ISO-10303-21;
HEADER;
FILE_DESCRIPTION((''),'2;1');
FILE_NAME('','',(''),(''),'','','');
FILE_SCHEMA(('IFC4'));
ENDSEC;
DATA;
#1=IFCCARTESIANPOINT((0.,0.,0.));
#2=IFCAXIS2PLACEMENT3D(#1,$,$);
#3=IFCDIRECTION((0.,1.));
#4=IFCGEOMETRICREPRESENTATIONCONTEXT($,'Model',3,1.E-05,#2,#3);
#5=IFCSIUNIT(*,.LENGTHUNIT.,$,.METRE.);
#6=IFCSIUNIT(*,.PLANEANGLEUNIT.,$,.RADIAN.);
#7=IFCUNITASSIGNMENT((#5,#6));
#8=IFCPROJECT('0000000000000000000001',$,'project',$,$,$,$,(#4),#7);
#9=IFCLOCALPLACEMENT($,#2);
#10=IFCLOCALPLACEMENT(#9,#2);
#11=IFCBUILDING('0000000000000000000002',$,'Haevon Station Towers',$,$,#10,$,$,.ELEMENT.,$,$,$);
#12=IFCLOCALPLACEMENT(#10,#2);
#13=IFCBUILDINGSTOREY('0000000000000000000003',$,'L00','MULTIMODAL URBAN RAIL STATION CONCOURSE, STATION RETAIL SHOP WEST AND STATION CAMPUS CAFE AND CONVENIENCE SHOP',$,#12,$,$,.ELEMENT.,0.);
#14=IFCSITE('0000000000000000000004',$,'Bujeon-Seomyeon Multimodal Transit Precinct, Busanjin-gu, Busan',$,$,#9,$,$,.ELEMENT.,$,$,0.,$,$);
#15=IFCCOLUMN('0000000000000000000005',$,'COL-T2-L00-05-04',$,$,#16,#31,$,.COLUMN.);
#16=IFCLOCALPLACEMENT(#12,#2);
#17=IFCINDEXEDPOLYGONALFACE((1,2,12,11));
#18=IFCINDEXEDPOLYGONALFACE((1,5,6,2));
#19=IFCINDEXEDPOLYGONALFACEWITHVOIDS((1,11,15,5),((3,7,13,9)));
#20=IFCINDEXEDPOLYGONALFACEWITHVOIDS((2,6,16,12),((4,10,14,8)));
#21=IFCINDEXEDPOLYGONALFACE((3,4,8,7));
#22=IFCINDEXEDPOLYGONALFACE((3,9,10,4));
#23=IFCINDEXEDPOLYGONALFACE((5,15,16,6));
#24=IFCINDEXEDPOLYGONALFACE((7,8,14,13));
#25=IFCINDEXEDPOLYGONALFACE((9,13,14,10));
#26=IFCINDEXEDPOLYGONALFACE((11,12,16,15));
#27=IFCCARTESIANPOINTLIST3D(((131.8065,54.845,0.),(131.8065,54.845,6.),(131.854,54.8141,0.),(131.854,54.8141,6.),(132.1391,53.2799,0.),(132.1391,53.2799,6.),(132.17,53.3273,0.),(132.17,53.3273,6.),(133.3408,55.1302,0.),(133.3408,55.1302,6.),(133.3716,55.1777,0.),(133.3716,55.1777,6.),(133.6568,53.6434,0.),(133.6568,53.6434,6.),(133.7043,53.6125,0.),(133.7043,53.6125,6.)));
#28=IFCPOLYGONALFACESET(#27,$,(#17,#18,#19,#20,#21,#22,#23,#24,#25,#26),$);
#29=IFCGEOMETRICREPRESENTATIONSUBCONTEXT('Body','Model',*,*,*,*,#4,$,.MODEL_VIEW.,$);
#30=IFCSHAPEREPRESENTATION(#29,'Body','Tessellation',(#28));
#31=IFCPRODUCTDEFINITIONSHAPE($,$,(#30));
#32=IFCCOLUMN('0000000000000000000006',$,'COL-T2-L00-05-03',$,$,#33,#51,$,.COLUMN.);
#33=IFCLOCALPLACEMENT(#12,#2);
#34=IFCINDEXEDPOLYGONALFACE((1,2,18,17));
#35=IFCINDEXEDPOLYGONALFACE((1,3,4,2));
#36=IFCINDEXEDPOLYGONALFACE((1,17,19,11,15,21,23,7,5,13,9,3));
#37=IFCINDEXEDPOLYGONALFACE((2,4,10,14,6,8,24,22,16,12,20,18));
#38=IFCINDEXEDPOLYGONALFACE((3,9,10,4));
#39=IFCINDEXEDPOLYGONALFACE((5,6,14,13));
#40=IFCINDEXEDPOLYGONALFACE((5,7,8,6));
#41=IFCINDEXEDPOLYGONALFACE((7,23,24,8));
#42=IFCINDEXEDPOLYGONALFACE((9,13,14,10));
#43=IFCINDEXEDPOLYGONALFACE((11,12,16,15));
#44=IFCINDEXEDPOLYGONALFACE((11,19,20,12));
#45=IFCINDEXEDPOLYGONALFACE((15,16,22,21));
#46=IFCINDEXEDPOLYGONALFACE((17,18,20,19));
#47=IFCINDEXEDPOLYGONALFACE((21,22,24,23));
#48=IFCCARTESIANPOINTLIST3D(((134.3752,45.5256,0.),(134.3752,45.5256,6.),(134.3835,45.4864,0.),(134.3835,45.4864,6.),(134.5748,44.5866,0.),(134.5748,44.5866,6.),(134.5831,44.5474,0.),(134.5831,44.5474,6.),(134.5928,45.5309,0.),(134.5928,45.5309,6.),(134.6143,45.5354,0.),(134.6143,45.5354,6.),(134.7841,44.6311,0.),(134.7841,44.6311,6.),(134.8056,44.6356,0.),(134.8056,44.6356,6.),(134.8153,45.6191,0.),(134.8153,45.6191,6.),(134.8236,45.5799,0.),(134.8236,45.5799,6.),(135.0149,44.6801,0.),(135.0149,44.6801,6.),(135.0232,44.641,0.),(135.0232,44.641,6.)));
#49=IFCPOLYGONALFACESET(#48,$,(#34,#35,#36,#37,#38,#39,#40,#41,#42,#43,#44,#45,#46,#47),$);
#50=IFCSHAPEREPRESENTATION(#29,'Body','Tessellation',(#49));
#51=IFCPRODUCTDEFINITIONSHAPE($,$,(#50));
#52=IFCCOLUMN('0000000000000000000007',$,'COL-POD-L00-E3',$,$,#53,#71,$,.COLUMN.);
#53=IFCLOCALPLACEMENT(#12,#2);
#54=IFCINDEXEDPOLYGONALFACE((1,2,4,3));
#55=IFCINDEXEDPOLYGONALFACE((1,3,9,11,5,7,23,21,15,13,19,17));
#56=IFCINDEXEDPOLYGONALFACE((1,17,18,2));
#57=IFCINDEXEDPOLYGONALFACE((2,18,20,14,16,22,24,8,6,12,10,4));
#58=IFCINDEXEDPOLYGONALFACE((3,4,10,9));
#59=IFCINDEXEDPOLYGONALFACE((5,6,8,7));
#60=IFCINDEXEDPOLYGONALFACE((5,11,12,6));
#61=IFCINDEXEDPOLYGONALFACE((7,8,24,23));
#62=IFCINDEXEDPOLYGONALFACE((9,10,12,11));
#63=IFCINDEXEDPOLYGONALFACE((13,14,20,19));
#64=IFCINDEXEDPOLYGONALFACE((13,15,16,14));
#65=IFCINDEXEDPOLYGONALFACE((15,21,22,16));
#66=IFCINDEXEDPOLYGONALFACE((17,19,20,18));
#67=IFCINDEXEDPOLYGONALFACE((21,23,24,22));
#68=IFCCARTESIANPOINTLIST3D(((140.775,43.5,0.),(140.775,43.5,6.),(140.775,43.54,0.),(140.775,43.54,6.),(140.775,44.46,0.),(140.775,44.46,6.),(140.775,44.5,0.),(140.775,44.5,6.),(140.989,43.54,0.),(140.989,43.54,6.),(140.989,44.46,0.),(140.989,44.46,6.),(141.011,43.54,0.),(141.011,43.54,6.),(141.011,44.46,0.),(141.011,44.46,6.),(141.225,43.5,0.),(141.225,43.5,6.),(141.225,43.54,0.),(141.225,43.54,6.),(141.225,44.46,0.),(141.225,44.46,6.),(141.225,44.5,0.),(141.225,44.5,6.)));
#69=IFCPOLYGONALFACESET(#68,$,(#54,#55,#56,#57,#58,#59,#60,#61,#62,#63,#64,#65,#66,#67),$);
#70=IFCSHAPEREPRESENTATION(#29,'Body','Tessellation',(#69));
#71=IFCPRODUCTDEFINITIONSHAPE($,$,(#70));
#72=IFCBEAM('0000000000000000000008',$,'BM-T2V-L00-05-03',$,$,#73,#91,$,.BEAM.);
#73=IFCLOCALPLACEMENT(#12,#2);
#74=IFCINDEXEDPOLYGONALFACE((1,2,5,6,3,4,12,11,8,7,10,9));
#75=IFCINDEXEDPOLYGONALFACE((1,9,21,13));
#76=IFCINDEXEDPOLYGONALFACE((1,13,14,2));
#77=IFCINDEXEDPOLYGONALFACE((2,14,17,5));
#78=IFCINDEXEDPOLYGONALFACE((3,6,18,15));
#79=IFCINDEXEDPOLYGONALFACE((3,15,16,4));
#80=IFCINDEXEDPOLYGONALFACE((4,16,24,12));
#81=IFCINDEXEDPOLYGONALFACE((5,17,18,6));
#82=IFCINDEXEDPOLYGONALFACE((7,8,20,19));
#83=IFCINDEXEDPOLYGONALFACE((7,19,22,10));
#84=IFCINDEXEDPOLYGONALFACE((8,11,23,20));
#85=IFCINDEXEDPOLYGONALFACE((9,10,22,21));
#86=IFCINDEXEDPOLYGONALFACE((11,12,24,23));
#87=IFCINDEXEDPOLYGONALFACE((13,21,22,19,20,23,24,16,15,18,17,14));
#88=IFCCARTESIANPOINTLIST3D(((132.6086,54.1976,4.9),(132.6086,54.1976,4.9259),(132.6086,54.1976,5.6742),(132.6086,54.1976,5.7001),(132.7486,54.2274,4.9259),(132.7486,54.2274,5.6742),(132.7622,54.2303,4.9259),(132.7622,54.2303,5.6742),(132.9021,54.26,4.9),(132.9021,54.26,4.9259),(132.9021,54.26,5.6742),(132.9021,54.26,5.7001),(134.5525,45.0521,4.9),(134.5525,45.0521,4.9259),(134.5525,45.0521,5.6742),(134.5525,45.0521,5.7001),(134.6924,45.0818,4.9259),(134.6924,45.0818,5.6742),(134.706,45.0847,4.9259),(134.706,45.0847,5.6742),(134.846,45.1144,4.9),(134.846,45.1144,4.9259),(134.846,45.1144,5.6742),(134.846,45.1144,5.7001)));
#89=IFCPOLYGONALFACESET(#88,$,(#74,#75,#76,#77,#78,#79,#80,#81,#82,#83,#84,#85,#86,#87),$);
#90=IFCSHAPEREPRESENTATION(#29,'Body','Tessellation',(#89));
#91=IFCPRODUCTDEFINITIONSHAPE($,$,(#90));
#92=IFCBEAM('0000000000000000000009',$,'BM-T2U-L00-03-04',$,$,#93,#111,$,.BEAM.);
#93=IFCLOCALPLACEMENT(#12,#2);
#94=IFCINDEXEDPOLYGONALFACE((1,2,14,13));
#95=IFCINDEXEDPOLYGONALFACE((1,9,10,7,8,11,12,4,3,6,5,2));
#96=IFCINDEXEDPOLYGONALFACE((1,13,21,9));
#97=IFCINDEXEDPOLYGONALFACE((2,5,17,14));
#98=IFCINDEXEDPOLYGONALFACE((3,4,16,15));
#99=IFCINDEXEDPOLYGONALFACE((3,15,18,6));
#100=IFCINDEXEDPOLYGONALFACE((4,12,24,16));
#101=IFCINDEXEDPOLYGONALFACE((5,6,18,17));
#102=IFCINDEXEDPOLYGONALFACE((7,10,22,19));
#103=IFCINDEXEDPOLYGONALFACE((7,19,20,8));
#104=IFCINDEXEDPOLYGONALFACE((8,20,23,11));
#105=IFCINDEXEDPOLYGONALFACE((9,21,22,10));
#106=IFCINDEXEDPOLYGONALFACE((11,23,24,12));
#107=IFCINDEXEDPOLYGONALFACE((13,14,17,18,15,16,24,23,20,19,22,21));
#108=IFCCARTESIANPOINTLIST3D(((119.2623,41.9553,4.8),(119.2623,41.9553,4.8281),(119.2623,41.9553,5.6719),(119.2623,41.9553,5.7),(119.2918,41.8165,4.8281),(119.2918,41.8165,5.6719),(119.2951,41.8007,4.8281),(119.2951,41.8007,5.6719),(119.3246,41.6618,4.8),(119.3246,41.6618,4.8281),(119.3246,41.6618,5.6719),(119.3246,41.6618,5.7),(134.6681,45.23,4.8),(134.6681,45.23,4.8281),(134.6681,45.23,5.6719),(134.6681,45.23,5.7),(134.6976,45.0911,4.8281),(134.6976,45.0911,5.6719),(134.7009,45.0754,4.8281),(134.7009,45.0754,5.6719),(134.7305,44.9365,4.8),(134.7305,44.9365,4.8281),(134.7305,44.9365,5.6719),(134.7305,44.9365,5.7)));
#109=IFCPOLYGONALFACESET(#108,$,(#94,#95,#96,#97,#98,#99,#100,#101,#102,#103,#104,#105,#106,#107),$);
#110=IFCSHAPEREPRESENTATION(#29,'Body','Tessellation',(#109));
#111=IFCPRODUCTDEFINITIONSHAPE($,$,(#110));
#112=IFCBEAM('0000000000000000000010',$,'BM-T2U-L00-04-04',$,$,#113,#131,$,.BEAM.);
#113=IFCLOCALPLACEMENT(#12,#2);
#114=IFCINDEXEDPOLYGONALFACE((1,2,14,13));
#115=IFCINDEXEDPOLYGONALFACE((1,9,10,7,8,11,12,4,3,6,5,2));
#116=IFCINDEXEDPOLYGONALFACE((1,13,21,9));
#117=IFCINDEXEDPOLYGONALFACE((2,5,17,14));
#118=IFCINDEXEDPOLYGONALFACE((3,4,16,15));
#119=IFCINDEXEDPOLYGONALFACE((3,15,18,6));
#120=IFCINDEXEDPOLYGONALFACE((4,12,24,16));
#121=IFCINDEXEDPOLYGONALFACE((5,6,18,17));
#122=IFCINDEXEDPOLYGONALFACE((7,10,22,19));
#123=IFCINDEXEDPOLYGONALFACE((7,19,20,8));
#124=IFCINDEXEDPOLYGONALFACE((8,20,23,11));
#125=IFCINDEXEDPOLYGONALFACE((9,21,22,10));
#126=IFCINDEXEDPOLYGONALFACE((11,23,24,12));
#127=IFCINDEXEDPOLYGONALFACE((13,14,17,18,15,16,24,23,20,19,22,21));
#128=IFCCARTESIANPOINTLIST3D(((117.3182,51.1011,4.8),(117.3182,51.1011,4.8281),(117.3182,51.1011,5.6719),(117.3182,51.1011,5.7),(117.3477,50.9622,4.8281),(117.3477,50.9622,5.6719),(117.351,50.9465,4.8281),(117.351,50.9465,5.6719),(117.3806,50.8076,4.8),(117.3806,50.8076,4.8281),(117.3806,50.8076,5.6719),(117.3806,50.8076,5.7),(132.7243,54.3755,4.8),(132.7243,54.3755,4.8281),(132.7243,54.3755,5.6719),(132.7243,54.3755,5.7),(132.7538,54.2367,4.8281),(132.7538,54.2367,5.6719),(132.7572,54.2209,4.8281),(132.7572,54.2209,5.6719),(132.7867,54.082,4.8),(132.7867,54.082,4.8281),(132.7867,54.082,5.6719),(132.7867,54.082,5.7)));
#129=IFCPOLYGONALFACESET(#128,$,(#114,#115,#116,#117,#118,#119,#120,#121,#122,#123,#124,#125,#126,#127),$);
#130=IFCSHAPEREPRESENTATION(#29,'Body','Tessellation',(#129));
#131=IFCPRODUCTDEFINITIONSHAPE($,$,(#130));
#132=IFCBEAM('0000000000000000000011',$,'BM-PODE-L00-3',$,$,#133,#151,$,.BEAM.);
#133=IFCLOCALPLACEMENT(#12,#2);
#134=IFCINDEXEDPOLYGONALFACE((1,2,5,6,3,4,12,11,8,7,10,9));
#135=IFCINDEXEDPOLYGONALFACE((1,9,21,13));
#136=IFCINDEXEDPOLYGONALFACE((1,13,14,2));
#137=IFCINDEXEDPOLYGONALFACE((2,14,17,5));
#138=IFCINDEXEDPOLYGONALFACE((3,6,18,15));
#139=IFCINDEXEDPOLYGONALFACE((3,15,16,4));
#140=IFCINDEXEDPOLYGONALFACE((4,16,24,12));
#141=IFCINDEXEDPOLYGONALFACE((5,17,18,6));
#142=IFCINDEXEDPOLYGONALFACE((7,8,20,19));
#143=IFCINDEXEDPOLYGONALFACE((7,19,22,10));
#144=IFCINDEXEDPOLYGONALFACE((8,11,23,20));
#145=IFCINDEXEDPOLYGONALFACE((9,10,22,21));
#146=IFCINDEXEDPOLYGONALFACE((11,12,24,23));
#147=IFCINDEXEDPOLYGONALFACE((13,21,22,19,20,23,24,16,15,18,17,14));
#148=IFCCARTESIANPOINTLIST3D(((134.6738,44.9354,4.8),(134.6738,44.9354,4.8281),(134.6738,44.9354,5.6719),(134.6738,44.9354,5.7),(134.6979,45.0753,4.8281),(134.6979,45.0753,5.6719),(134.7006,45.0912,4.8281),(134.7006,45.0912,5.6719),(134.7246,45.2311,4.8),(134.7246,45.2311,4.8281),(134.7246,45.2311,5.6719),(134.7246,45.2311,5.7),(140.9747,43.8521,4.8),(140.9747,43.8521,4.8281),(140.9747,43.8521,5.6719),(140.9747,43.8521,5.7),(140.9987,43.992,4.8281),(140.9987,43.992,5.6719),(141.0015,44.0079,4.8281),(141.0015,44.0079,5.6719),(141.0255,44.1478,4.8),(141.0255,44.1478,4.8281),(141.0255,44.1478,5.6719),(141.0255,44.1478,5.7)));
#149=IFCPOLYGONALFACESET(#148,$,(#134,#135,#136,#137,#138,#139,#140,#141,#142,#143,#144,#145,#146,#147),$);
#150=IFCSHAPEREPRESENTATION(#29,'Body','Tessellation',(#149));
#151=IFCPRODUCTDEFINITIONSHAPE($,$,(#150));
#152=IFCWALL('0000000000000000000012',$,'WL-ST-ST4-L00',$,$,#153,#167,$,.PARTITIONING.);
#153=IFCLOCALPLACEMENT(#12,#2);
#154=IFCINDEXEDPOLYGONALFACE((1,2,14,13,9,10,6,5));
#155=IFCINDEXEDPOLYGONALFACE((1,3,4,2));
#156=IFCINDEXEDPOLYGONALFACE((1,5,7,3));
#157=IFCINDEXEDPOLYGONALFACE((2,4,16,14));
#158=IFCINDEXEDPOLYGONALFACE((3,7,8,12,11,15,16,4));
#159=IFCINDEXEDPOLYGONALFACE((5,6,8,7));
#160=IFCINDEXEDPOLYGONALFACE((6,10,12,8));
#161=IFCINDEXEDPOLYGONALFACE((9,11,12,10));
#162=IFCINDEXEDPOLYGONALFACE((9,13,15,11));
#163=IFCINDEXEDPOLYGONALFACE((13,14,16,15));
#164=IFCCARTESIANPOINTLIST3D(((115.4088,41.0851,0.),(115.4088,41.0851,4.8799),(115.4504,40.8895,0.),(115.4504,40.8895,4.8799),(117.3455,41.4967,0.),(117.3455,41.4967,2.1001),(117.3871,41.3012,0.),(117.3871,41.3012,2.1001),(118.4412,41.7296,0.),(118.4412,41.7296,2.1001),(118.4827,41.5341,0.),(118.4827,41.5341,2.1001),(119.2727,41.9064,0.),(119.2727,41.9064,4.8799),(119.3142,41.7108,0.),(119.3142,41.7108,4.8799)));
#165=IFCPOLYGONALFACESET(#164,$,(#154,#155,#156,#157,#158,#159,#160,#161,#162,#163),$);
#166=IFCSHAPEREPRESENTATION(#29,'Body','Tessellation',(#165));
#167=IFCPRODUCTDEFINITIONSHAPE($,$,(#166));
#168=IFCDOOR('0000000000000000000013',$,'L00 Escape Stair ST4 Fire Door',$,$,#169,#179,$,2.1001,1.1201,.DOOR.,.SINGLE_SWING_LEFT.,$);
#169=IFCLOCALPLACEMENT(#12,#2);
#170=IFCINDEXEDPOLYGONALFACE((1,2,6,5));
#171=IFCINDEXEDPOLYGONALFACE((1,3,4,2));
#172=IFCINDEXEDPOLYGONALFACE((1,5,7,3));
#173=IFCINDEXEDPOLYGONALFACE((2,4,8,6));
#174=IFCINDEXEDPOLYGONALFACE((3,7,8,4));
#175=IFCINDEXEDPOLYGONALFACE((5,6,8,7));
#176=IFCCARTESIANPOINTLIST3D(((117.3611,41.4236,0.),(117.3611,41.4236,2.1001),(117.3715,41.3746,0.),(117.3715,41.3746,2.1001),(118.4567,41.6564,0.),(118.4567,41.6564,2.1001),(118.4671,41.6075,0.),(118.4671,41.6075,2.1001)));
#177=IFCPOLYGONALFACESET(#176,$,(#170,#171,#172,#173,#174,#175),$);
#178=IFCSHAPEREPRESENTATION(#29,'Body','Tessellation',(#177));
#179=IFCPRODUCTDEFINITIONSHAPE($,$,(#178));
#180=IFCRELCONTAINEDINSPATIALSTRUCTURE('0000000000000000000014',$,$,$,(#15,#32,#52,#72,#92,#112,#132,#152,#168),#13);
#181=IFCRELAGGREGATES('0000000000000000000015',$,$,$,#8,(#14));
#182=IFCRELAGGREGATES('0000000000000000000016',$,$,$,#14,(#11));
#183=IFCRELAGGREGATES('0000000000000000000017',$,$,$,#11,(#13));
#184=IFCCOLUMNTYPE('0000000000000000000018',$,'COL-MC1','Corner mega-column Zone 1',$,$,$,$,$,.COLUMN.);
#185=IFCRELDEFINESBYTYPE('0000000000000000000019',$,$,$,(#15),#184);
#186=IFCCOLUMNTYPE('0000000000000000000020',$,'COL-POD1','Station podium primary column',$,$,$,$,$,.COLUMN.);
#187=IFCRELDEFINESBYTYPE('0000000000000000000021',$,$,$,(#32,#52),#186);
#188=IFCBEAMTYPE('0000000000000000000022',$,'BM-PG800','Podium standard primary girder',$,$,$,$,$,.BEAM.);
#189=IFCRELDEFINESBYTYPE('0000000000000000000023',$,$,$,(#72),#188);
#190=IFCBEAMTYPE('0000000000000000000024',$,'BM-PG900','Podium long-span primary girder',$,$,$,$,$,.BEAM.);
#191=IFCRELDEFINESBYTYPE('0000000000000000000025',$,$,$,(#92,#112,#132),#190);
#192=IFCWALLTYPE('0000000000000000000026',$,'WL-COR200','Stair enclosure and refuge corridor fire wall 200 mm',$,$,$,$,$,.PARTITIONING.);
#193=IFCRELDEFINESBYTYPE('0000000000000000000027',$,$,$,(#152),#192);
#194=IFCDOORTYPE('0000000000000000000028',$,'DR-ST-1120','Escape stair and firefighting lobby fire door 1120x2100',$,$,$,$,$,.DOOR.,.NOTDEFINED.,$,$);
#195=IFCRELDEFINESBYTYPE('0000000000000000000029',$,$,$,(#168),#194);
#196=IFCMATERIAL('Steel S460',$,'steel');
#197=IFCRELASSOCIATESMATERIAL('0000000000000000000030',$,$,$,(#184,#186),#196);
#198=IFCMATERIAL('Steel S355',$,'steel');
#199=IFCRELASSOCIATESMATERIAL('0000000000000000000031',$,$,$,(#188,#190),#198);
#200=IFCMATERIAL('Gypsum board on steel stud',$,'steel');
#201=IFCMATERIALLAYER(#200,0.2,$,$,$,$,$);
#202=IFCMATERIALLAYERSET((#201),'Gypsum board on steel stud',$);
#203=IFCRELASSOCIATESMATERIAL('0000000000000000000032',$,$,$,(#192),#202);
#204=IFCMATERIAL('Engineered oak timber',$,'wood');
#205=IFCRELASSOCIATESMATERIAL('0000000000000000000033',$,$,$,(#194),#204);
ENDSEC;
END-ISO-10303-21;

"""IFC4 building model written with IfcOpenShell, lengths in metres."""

from ifc_helpers import new_model, si_unit, direction, frame, frame_2d, origin, origin_2d, place, context, subcontext, project, spatial, rectangle, hollow_rectangle, i_section, extrude, material, layer, layer_set, material_profile, profile_set, type_object, element, fill, save


model = new_model("IFC4")

# Units and contexts
model_context = context("Model", 3, precision=1e-05, world=origin(), true_north=direction((0.0, 1.0)))
body_context = subcontext(model_context, "Body", "Model", "MODEL_VIEW")
ifc_project = project(units=[si_unit("LENGTHUNIT", "METRE"), si_unit("PLANEANGLEUNIT", "RADIAN")], contexts=[model_context])

# Site, building, storey
site_placement = place(None, origin())
site = spatial("IfcSite", under=ifc_project, at=site_placement, Name="Bujeon-Seomyeon Multimodal Transit Precinct, Busanjin-gu, Busan", CompositionType="ELEMENT", RefElevation=0.0)
building_placement = place(site_placement, origin())
building = spatial("IfcBuilding", under=site, at=building_placement, Name="Haevon Station Towers", CompositionType="ELEMENT")
storey_placement = place(building_placement, origin())
storey = spatial("IfcBuildingStorey", under=building, at=storey_placement, Name="L00", Description="MULTIMODAL URBAN RAIL STATION CONCOURSE, STATION RETAIL SHOP WEST AND STATION CAMPUS CAFE AND CONVENIENCE SHOP", CompositionType="ELEMENT", Elevation=0.0)

# Columns
ifc_material_1 = material(Name="Steel S460", Category="steel")
ifc_material_profile_1 = material_profile(ifc_material_1, hollow_rectangle(XDim=1.6001, YDim=1.6001, WallThickness=0.04, at=origin_2d()), Name="BOX-1600x1600x40")
ifc_profile_set_1 = profile_set([ifc_material_profile_1], Name="Steel S460")
column_type_1 = type_object("IfcColumnType", Name="COL-MC1", Description="Corner mega-column Zone 1", PredefinedType="COLUMN", material=ifc_profile_set_1)
column_placement = place(storey_placement, frame((132.7554, 54.2288, 0.0), z_axis=(0.0, 0.0, 1.0), x_axis=(0.978148, 0.207912, 0.0)))
element("IfcColumn", 1, at=column_placement, inside=storey, type_object=column_type_1, Name="COL-T2-L00-05-04", PredefinedType="COLUMN", context=body_context, shape_type="SweptSolid", body=[
    extrude(hollow_rectangle(XDim=1.6001, YDim=1.6001, WallThickness=0.04, at=origin_2d()), origin(), (0.0, 0.0, 1.0), 6.0),
])
ifc_material_profile_2 = material_profile(ifc_material_1, i_section(OverallWidth=0.45, OverallDepth=1.0, WebThickness=0.022, FlangeThickness=0.04, at=origin_2d()), Name="H-1000x450x22x40")
ifc_profile_set_2 = profile_set([ifc_material_profile_2], Name="Steel S460")
column_type_2 = type_object("IfcColumnType", Name="COL-POD1", Description="Station podium primary column", PredefinedType="COLUMN", material=ifc_profile_set_2)
for number, where, z_axis, x_axis, name in (
    (2, (134.6992, 45.0833, 0.0), (0.0, 0.0, 1.0), (0.978148, 0.207912, 0.0), "COL-T2-L00-05-03"),
    (3, (141.0, 44.0, 0.0), (0.0, 0.0, 1.0), (1.0, 0.0, 0.0), "COL-POD-L00-E3"),
):
    element("IfcColumn", number, at=place(storey_placement, frame(where, z_axis=z_axis, x_axis=x_axis)), inside=storey, type_object=column_type_2, Name=name, PredefinedType="COLUMN", context=body_context, shape_type="SweptSolid", body=[
        extrude(i_section(OverallWidth=0.45, OverallDepth=1.0, WebThickness=0.022, FlangeThickness=0.04, at=origin_2d()), origin(), (0.0, 0.0, 1.0), 6.0),
    ])

# Beams
ifc_material_2 = material(Name="Steel S355", Category="steel")
ifc_material_profile_3 = material_profile(ifc_material_2, i_section(OverallWidth=0.3, OverallDepth=0.8, WebThickness=0.0139, FlangeThickness=0.0259, at=origin_2d()), Name="H-800x300x14x26")
ifc_profile_set_3 = profile_set([ifc_material_profile_3], Name="Steel S355")
beam_type_1 = type_object("IfcBeamType", Name="BM-PG800", Description="Podium standard primary girder", PredefinedType="BEAM", material=ifc_profile_set_3)
beam_1_placement = place(storey_placement, frame((134.6992, 45.0833, 5.3), z_axis=(-0.207902, 0.97815, 0.0), x_axis=(-0.97815, -0.207902, 0.0)))
element("IfcBeam", 4, at=beam_1_placement, inside=storey, type_object=beam_type_1, Name="BM-T2V-L00-05-03", PredefinedType="BEAM", context=body_context, shape_type="SweptSolid", body=[
    extrude(i_section(OverallWidth=0.3, OverallDepth=0.8, WebThickness=0.0139, FlangeThickness=0.0259, at=origin_2d()), origin(), (0.0, 0.0, 1.0), 9.3499),
])
ifc_material_profile_4 = material_profile(ifc_material_2, i_section(OverallWidth=0.3, OverallDepth=0.8999, WebThickness=0.0161, FlangeThickness=0.0281, at=origin_2d()), Name="H-900x300x16x28")
ifc_profile_set_4 = profile_set([ifc_material_profile_4], Name="Steel S355")
beam_type_2 = type_object("IfcBeamType", Name="BM-PG900", Description="Podium long-span primary girder", PredefinedType="BEAM", material=ifc_profile_set_4)
beam_2_placement = place(storey_placement, frame((119.2935, 41.8086, 5.25), z_axis=(0.978147, 0.207915, 0.0), x_axis=(-0.207915, 0.978147, 0.0)))
element("IfcBeam", 5, at=beam_2_placement, inside=storey, type_object=beam_type_2, Name="BM-T2U-L00-03-04", PredefinedType="BEAM", context=body_context, shape_type="SweptSolid", body=[
    extrude(i_section(OverallWidth=0.3, OverallDepth=0.8999, WebThickness=0.0161, FlangeThickness=0.0281, at=origin_2d()), origin(), (0.0, 0.0, 1.0), 15.75),
])
beam_3_placement = place(storey_placement, frame((117.3494, 50.9543, 5.25), z_axis=(0.978151, 0.207898, 0.0), x_axis=(-0.207898, 0.978151, 0.0)))
element("IfcBeam", 6, at=beam_3_placement, inside=storey, type_object=beam_type_2, Name="BM-T2U-L00-04-04", PredefinedType="BEAM", context=body_context, shape_type="SweptSolid", body=[
    extrude(i_section(OverallWidth=0.3, OverallDepth=0.8999, WebThickness=0.0161, FlangeThickness=0.0281, at=origin_2d()), origin(), (0.0, 0.0, 1.0), 15.7502),
])
beam_4_placement = place(storey_placement, frame((134.6992, 45.0833, 5.25), z_axis=(0.985541, -0.169438, 0.0), x_axis=(0.169438, 0.985541, 0.0)))
element("IfcBeam", 7, at=beam_4_placement, inside=storey, type_object=beam_type_2, Name="BM-PODE-L00-3", PredefinedType="BEAM", context=body_context, shape_type="SweptSolid", body=[
    extrude(i_section(OverallWidth=0.3, OverallDepth=0.8999, WebThickness=0.0161, FlangeThickness=0.0281, at=origin_2d()), origin(), (0.0, 0.0, 1.0), 6.3933),
])

# Wall, opening, door
ifc_material_3 = material(Name="Gypsum board on steel stud", Category="steel")
ifc_layer_1 = layer(ifc_material_3, 0.2)
ifc_layer_set_1 = layer_set([ifc_layer_1], Name="Gypsum board on steel stud")
wall_type_1 = type_object("IfcWallType", Name="WL-COR200", Description="Stair enclosure and refuge corridor fire wall 200 mm", PredefinedType="PARTITIONING", material=ifc_layer_set_1)
wall_1_placement = place(storey_placement, frame((119.2935, 41.8086, 0.0), z_axis=(0.0, 0.0, 1.0), x_axis=(-0.978147, -0.207916, 0.0)))
wall_1 = element("IfcWall", 8, at=wall_1_placement, inside=storey, type_object=wall_type_1, Name="WL-ST-ST4-L00", PredefinedType="PARTITIONING", context=body_context, shape_type="SweptSolid", body=[
    extrude(rectangle(XDim=3.9502, YDim=0.2, at=frame_2d((1.9751, 0.0))), origin(), (0.0, 0.0, 1.0), 4.8799),
])
opening_1_placement = place(wall_1_placement, frame((0.8501, 0.0, 0.0)))
opening_1 = element("IfcOpeningElement", 9, at=opening_1_placement, cuts=wall_1, PredefinedType="OPENING", context=body_context, shape_type="SweptSolid", body=[
    extrude(rectangle(XDim=1.1201, YDim=2.1001, at=frame_2d((0.5601, 1.05))), frame((0.0, 0.1099, 0.0), z_axis=(0.0, -1.0, 0.0), x_axis=(1.0, 0.0, 0.0)), (0.0, 0.0, 1.0), 0.22),
])
ifc_material_4 = material(Name="Engineered oak timber", Category="wood")
door_type_1 = type_object("IfcDoorType", Name="DR-ST-1120", Description="Escape stair and firefighting lobby fire door 1120x2100", OperationType="NOTDEFINED", PredefinedType="DOOR", material=ifc_material_4)
door_1_placement = place(opening_1_placement, origin())
door_1 = element("IfcDoor", 10, at=door_1_placement, inside=storey, type_object=door_type_1, Name="L00 Escape Stair ST4 Fire Door", OperationType="SINGLE_SWING_LEFT", OverallHeight=2.1001, OverallWidth=1.1201, PredefinedType="DOOR", context=body_context, shape_type="SweptSolid", body=[
    extrude(rectangle(XDim=1.1201, YDim=2.1001, at=frame_2d((0.5601, 1.05))), frame((0.0, 0.0249, 0.0), z_axis=(0.0, -1.0, 0.0), x_axis=(1.0, 0.0, 0.0)), (0.0, 0.0, 1.0), 0.05),
])
fill(opening_1, door_1)

save(model, "model.ifc")
